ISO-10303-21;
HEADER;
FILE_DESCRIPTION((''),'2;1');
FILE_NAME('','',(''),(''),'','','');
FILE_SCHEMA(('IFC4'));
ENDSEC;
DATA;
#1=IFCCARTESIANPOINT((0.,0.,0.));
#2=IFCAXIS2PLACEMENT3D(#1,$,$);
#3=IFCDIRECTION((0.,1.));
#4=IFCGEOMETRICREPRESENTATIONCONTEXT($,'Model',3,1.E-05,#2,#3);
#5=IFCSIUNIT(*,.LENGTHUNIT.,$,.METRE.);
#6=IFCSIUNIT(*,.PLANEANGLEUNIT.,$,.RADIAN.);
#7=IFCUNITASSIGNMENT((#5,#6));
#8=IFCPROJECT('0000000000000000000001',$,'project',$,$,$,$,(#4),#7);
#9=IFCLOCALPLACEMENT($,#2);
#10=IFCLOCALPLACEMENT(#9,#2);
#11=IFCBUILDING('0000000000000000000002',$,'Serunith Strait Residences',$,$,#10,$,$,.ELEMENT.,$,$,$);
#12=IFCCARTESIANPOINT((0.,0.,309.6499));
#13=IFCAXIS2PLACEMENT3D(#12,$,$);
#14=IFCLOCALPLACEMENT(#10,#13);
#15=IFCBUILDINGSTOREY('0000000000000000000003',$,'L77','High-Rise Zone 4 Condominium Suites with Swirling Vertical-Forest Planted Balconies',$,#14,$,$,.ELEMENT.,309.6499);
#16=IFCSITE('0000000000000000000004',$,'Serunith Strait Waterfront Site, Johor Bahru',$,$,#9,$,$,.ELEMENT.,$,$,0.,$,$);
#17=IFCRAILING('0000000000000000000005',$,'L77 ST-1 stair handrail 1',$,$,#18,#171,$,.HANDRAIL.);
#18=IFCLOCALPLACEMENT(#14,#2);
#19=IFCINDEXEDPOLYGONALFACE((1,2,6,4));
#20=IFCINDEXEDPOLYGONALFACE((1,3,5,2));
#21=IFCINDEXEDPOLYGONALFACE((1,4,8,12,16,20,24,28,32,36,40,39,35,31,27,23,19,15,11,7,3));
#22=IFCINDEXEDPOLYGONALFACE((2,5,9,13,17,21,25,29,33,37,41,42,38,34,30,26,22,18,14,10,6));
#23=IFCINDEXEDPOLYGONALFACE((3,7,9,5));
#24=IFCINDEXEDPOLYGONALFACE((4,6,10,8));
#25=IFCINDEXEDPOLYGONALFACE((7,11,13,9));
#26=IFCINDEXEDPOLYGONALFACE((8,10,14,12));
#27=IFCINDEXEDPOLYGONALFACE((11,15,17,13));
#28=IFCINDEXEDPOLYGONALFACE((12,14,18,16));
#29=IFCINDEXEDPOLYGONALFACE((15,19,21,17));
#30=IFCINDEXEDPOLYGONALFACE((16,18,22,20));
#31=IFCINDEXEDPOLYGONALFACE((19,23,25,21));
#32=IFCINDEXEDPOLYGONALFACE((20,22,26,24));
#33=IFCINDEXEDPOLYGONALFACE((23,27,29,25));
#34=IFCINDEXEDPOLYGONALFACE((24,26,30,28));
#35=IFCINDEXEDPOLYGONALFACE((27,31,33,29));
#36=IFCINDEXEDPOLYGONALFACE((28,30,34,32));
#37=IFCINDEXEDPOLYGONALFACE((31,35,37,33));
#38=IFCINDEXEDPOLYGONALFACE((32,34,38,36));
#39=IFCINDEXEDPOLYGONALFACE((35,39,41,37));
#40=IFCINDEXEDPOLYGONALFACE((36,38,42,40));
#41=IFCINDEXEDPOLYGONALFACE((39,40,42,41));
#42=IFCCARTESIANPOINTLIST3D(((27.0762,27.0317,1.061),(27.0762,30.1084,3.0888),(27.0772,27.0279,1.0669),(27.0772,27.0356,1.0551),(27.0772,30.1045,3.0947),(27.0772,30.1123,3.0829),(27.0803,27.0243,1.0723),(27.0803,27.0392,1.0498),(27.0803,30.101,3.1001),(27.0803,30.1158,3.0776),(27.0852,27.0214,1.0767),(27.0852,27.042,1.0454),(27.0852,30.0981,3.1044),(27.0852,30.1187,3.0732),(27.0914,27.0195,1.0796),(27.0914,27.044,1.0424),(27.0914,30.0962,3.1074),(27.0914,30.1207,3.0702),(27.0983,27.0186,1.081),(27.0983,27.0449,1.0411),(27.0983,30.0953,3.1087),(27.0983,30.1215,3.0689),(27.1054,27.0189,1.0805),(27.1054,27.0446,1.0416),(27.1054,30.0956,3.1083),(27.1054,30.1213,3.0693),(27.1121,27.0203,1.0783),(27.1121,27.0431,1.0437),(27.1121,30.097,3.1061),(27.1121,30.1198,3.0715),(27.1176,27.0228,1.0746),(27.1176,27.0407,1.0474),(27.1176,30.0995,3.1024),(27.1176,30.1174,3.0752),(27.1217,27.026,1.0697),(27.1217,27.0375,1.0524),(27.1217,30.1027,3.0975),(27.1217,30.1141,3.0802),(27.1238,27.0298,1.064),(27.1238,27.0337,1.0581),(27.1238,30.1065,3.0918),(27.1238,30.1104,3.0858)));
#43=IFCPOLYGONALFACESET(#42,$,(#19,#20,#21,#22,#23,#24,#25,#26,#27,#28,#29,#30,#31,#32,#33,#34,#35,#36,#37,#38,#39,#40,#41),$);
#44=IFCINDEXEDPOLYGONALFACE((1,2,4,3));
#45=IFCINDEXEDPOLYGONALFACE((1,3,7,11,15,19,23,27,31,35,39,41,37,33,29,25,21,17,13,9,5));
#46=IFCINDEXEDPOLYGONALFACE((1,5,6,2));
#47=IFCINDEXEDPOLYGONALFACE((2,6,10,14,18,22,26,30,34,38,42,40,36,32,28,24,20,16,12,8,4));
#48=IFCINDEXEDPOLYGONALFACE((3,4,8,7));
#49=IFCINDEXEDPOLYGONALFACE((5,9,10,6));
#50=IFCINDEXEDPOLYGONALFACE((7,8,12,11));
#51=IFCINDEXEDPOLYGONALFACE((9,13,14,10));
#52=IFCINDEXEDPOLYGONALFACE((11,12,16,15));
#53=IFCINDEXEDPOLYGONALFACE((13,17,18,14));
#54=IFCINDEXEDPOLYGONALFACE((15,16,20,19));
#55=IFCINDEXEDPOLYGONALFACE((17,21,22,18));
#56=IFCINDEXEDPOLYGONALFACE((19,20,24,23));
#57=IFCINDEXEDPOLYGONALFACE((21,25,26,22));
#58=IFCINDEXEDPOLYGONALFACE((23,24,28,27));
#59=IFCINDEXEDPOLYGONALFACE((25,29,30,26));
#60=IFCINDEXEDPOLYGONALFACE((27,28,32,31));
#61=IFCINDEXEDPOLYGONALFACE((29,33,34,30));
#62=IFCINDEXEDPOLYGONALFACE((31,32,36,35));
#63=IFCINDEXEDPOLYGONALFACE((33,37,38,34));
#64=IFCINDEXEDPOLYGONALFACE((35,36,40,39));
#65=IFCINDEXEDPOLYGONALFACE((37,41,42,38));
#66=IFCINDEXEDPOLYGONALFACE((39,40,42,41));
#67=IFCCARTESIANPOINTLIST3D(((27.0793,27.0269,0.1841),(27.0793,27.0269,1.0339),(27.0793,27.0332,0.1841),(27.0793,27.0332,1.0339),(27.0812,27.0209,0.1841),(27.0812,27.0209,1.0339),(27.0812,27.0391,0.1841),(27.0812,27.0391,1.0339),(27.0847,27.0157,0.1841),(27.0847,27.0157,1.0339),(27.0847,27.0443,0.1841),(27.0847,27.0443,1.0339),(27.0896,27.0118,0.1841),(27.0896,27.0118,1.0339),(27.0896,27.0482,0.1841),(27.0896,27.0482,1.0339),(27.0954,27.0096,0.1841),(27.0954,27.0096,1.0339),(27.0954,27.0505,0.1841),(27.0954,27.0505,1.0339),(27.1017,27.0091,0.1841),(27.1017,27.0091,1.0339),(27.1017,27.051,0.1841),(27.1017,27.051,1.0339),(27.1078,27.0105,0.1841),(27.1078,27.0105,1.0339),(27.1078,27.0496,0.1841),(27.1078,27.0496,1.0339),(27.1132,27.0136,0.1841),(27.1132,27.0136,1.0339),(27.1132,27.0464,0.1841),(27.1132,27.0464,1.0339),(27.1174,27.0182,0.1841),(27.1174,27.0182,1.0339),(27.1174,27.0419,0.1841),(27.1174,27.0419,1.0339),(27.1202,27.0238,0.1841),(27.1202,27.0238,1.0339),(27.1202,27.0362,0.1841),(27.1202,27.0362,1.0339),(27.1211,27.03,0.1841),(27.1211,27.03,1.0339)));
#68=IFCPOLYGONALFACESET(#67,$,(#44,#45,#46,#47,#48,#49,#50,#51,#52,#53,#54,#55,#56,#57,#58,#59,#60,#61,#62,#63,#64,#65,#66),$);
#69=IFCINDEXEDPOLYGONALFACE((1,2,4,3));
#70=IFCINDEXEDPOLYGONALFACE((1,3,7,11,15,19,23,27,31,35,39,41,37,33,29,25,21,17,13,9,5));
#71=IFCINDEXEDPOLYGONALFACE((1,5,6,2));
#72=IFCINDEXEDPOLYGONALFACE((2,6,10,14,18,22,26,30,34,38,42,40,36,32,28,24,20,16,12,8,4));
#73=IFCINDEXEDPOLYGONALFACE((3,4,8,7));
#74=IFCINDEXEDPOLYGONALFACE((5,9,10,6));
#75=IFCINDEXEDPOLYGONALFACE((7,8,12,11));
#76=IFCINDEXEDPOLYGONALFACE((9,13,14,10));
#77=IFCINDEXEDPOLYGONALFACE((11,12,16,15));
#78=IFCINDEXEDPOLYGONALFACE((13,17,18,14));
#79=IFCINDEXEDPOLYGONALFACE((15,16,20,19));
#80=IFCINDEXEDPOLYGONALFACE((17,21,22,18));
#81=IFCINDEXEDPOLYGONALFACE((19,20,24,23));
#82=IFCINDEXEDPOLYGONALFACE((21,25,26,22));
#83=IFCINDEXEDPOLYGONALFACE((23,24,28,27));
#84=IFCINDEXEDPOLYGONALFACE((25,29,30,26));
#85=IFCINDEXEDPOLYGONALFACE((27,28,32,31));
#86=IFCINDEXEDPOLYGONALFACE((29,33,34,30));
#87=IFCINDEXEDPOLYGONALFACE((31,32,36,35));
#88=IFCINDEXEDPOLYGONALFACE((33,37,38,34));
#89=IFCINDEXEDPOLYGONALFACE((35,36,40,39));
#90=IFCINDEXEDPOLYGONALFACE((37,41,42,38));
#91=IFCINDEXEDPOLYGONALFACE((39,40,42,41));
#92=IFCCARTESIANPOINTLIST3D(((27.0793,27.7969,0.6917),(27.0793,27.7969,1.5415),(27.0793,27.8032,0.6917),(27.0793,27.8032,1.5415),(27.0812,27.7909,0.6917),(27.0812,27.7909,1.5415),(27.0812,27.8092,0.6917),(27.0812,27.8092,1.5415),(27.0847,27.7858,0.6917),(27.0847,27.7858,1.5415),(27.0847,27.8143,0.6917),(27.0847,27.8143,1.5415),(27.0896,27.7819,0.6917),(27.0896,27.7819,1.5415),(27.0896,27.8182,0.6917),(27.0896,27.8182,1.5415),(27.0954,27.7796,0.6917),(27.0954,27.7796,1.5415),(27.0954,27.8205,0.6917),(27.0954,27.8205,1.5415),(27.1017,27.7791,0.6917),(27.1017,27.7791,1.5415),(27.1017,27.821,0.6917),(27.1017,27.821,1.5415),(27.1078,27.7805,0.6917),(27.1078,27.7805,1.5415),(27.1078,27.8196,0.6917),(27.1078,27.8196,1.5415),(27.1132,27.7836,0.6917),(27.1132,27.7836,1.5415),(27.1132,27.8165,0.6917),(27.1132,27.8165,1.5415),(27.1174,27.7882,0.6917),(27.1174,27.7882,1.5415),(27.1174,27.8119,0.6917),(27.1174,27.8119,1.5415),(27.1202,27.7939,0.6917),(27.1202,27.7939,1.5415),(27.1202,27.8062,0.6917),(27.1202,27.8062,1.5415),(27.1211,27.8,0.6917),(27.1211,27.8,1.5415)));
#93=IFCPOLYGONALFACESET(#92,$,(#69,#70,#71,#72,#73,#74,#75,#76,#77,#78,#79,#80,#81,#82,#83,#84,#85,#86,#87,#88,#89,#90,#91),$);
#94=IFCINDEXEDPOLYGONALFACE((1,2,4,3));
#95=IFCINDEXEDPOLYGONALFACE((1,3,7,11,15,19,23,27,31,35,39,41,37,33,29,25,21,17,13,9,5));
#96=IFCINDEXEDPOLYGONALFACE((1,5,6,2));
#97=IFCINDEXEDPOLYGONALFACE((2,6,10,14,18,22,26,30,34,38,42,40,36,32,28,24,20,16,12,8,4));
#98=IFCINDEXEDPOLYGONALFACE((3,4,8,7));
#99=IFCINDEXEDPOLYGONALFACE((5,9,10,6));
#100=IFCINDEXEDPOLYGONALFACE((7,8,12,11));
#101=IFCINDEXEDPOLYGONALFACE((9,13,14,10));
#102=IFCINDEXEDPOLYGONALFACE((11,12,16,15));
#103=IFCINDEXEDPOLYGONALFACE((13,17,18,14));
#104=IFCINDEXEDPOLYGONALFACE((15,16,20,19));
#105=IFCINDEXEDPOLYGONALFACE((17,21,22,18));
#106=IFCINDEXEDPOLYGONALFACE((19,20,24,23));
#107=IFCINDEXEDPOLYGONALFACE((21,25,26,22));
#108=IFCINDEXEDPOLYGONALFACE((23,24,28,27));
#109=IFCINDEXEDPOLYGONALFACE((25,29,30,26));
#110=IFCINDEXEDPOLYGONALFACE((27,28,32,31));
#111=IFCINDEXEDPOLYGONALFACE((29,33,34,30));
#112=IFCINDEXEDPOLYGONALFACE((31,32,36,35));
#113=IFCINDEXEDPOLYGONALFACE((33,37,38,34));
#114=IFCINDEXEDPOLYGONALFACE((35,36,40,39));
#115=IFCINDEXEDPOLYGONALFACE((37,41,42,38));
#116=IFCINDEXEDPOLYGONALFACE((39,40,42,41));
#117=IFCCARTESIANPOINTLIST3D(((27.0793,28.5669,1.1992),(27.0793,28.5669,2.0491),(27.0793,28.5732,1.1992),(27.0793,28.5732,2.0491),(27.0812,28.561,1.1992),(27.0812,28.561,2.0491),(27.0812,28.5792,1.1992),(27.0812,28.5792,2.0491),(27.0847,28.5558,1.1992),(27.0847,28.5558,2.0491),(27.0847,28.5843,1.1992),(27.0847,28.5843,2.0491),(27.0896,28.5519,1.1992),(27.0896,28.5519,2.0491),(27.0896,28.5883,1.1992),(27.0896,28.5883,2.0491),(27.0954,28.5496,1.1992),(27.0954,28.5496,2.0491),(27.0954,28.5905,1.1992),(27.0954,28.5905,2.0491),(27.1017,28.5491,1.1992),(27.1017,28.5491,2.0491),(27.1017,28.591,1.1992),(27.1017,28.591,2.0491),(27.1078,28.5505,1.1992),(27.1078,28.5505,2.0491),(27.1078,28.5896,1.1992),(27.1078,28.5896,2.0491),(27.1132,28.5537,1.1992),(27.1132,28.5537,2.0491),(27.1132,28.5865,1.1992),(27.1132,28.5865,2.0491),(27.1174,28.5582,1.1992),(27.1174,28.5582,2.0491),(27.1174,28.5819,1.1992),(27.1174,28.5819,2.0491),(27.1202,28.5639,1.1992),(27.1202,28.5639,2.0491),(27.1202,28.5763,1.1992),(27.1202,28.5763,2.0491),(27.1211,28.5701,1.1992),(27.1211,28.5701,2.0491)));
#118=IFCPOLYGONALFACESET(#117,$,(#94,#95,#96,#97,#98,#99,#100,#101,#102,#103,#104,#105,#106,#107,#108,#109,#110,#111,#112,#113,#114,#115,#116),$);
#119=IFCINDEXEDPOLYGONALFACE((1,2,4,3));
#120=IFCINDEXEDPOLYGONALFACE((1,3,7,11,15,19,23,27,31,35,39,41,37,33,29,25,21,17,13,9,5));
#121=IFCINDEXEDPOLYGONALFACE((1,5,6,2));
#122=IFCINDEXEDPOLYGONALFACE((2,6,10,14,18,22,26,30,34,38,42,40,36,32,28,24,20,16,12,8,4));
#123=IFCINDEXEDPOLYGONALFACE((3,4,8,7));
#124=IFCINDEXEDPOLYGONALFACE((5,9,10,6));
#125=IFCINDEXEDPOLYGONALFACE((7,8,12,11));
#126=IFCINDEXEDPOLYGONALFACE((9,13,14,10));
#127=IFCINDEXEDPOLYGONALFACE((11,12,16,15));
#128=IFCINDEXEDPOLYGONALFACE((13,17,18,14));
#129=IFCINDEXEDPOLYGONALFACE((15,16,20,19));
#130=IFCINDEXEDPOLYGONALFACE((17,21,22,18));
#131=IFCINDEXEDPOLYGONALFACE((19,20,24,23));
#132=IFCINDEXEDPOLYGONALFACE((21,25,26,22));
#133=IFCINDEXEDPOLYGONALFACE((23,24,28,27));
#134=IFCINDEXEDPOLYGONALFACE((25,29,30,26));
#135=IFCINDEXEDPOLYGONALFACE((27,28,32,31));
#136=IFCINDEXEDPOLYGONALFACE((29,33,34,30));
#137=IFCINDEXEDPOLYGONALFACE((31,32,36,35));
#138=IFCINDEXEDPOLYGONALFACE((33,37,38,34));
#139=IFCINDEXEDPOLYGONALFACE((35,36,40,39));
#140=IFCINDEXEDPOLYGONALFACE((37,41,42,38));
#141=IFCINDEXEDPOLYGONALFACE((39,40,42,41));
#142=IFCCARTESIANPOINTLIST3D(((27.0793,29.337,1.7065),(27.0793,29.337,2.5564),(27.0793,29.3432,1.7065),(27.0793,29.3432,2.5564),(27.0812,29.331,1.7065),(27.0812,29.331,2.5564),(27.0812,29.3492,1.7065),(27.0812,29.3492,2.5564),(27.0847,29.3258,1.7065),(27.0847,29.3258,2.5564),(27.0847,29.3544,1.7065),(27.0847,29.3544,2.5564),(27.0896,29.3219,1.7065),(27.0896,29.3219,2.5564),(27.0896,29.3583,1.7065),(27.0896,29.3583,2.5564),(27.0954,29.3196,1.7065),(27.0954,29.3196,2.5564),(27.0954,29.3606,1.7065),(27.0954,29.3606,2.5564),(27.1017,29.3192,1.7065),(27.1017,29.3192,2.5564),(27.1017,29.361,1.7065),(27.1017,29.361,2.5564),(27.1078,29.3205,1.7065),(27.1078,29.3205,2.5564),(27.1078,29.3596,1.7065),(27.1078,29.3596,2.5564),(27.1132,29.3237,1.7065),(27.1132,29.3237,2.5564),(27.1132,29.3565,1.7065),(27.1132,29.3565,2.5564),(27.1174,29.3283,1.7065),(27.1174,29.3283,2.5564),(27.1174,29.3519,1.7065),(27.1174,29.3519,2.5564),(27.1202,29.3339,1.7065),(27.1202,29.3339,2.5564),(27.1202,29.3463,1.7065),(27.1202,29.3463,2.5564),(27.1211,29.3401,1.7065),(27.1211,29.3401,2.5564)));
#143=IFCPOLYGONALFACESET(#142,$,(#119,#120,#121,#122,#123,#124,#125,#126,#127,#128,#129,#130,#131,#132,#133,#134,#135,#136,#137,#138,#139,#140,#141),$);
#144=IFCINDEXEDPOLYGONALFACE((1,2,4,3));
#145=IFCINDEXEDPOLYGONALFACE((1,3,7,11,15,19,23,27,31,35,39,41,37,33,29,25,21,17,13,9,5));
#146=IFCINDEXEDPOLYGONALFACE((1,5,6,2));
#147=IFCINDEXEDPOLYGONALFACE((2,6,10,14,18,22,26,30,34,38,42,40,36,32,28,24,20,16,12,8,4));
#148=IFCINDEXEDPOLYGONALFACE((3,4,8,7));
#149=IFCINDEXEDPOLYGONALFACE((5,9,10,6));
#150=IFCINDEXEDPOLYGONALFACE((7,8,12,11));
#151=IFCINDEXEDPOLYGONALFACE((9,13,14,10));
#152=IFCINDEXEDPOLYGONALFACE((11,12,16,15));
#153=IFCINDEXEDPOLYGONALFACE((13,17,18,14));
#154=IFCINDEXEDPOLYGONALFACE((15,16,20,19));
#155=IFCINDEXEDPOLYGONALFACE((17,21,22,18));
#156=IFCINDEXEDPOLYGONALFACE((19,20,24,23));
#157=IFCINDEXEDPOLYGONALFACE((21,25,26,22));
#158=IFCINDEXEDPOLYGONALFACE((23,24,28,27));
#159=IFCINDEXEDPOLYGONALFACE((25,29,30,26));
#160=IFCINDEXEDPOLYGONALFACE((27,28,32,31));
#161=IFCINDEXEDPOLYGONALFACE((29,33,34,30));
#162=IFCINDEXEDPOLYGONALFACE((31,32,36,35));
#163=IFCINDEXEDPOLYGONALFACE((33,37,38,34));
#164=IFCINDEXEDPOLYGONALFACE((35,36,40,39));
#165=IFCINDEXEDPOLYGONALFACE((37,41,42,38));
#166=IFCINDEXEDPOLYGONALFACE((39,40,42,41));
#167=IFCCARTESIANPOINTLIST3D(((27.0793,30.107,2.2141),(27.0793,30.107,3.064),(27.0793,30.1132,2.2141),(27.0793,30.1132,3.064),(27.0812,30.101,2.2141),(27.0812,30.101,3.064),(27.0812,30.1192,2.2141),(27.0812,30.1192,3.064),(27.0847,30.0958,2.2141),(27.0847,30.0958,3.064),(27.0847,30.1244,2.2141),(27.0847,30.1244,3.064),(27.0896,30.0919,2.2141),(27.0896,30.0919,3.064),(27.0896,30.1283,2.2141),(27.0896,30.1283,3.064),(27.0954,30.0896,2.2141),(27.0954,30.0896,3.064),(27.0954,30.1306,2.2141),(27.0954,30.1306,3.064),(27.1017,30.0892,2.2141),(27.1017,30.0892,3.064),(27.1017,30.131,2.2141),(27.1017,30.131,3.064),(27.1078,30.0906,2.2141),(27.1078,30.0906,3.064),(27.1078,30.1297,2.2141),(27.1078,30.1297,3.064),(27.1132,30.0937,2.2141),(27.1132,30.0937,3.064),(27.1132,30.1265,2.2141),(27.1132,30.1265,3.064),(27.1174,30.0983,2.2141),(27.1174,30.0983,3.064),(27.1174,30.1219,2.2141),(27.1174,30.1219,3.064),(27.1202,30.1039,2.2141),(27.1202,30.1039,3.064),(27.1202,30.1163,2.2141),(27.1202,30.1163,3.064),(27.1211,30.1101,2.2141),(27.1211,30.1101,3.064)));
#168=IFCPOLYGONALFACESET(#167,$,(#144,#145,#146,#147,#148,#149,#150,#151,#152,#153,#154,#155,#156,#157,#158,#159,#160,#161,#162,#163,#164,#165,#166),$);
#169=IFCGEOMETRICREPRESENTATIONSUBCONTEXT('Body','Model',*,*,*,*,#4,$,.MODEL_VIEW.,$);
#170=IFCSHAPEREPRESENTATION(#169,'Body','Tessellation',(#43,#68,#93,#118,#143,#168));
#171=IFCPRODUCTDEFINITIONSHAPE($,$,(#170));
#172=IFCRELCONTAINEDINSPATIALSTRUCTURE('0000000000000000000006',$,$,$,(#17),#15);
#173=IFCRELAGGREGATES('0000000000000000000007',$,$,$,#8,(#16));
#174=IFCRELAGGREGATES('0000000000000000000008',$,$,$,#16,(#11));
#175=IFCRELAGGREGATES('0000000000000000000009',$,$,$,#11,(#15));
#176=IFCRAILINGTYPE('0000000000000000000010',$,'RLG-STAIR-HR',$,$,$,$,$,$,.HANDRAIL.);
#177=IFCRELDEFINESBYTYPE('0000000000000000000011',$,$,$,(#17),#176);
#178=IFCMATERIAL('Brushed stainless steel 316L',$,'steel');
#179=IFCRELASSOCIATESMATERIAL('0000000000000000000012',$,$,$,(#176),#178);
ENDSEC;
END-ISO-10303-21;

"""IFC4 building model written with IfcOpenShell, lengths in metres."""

from ifc_helpers import new_model, si_unit, direction, frame, origin, origin_2d, place, context, subcontext, project, spatial, circle, extrude, material, type_object, element, save


model = new_model("IFC4")

# Units and contexts
model_context = context("Model", 3, precision=1e-05, world=origin(), true_north=direction((0.0, 1.0)))
body_context = subcontext(model_context, "Body", "Model", "MODEL_VIEW")
ifc_project = project(units=[si_unit("LENGTHUNIT", "METRE"), si_unit("PLANEANGLEUNIT", "RADIAN")], contexts=[model_context])

# Site, building, storey
site_placement = place(None, origin())
site = spatial("IfcSite", under=ifc_project, at=site_placement, Name="Serunith Strait Waterfront Site, Johor Bahru", CompositionType="ELEMENT", RefElevation=0.0)
building_placement = place(site_placement, origin())
building = spatial("IfcBuilding", under=site, at=building_placement, Name="Serunith Strait Residences", CompositionType="ELEMENT")
storey_placement = place(building_placement, frame((0.0, 0.0, 309.6499)))
storey = spatial("IfcBuildingStorey", under=building, at=storey_placement, Name="L77", Description="High-Rise Zone 4 Condominium Suites with Swirling Vertical-Forest Planted Balconies", CompositionType="ELEMENT", Elevation=309.6499)

# Railing
ifc_material_1 = material(Name="Brushed stainless steel 316L", Category="steel")
railing_type_1 = type_object("IfcRailingType", Name="RLG-STAIR-HR", PredefinedType="HANDRAIL", material=ifc_material_1)
railing_1_placement = place(storey_placement, frame((27.1001, 27.03, 0.1841)))
element("IfcRailing", 1, at=railing_1_placement, inside=storey, type_object=railing_type_1, Name="L77 ST-1 stair handrail 1", PredefinedType="HANDRAIL", context=body_context, shape_type="SweptSolid", body=[
    extrude(circle(Radius=0.0239, at=origin_2d()), frame((0.0, 0.0017, 0.877), z_axis=(0.0, 0.834961, 0.550309), x_axis=(-1.0, 0.0, 0.0)), (0.0, 0.0, 1.0), 3.6848),
    extrude(circle(Radius=0.021, at=origin_2d()), origin(), (0.0, 0.0, 1.0), 0.8499),
    extrude(circle(Radius=0.021, at=origin_2d()), frame((0.0, 0.77, 0.5076)), (0.0, 0.0, 1.0), 0.8499),
    extrude(circle(Radius=0.021, at=origin_2d()), frame((0.0, 1.54, 1.0151)), (0.0, 0.0, 1.0), 0.8499),
    extrude(circle(Radius=0.021, at=origin_2d()), frame((0.0, 2.3101, 1.5225)), (0.0, 0.0, 1.0), 0.8499),
    extrude(circle(Radius=0.021, at=origin_2d()), frame((0.0, 3.0801, 2.03)), (0.0, 0.0, 1.0), 0.8499),
])

save(model, "model.ifc")
